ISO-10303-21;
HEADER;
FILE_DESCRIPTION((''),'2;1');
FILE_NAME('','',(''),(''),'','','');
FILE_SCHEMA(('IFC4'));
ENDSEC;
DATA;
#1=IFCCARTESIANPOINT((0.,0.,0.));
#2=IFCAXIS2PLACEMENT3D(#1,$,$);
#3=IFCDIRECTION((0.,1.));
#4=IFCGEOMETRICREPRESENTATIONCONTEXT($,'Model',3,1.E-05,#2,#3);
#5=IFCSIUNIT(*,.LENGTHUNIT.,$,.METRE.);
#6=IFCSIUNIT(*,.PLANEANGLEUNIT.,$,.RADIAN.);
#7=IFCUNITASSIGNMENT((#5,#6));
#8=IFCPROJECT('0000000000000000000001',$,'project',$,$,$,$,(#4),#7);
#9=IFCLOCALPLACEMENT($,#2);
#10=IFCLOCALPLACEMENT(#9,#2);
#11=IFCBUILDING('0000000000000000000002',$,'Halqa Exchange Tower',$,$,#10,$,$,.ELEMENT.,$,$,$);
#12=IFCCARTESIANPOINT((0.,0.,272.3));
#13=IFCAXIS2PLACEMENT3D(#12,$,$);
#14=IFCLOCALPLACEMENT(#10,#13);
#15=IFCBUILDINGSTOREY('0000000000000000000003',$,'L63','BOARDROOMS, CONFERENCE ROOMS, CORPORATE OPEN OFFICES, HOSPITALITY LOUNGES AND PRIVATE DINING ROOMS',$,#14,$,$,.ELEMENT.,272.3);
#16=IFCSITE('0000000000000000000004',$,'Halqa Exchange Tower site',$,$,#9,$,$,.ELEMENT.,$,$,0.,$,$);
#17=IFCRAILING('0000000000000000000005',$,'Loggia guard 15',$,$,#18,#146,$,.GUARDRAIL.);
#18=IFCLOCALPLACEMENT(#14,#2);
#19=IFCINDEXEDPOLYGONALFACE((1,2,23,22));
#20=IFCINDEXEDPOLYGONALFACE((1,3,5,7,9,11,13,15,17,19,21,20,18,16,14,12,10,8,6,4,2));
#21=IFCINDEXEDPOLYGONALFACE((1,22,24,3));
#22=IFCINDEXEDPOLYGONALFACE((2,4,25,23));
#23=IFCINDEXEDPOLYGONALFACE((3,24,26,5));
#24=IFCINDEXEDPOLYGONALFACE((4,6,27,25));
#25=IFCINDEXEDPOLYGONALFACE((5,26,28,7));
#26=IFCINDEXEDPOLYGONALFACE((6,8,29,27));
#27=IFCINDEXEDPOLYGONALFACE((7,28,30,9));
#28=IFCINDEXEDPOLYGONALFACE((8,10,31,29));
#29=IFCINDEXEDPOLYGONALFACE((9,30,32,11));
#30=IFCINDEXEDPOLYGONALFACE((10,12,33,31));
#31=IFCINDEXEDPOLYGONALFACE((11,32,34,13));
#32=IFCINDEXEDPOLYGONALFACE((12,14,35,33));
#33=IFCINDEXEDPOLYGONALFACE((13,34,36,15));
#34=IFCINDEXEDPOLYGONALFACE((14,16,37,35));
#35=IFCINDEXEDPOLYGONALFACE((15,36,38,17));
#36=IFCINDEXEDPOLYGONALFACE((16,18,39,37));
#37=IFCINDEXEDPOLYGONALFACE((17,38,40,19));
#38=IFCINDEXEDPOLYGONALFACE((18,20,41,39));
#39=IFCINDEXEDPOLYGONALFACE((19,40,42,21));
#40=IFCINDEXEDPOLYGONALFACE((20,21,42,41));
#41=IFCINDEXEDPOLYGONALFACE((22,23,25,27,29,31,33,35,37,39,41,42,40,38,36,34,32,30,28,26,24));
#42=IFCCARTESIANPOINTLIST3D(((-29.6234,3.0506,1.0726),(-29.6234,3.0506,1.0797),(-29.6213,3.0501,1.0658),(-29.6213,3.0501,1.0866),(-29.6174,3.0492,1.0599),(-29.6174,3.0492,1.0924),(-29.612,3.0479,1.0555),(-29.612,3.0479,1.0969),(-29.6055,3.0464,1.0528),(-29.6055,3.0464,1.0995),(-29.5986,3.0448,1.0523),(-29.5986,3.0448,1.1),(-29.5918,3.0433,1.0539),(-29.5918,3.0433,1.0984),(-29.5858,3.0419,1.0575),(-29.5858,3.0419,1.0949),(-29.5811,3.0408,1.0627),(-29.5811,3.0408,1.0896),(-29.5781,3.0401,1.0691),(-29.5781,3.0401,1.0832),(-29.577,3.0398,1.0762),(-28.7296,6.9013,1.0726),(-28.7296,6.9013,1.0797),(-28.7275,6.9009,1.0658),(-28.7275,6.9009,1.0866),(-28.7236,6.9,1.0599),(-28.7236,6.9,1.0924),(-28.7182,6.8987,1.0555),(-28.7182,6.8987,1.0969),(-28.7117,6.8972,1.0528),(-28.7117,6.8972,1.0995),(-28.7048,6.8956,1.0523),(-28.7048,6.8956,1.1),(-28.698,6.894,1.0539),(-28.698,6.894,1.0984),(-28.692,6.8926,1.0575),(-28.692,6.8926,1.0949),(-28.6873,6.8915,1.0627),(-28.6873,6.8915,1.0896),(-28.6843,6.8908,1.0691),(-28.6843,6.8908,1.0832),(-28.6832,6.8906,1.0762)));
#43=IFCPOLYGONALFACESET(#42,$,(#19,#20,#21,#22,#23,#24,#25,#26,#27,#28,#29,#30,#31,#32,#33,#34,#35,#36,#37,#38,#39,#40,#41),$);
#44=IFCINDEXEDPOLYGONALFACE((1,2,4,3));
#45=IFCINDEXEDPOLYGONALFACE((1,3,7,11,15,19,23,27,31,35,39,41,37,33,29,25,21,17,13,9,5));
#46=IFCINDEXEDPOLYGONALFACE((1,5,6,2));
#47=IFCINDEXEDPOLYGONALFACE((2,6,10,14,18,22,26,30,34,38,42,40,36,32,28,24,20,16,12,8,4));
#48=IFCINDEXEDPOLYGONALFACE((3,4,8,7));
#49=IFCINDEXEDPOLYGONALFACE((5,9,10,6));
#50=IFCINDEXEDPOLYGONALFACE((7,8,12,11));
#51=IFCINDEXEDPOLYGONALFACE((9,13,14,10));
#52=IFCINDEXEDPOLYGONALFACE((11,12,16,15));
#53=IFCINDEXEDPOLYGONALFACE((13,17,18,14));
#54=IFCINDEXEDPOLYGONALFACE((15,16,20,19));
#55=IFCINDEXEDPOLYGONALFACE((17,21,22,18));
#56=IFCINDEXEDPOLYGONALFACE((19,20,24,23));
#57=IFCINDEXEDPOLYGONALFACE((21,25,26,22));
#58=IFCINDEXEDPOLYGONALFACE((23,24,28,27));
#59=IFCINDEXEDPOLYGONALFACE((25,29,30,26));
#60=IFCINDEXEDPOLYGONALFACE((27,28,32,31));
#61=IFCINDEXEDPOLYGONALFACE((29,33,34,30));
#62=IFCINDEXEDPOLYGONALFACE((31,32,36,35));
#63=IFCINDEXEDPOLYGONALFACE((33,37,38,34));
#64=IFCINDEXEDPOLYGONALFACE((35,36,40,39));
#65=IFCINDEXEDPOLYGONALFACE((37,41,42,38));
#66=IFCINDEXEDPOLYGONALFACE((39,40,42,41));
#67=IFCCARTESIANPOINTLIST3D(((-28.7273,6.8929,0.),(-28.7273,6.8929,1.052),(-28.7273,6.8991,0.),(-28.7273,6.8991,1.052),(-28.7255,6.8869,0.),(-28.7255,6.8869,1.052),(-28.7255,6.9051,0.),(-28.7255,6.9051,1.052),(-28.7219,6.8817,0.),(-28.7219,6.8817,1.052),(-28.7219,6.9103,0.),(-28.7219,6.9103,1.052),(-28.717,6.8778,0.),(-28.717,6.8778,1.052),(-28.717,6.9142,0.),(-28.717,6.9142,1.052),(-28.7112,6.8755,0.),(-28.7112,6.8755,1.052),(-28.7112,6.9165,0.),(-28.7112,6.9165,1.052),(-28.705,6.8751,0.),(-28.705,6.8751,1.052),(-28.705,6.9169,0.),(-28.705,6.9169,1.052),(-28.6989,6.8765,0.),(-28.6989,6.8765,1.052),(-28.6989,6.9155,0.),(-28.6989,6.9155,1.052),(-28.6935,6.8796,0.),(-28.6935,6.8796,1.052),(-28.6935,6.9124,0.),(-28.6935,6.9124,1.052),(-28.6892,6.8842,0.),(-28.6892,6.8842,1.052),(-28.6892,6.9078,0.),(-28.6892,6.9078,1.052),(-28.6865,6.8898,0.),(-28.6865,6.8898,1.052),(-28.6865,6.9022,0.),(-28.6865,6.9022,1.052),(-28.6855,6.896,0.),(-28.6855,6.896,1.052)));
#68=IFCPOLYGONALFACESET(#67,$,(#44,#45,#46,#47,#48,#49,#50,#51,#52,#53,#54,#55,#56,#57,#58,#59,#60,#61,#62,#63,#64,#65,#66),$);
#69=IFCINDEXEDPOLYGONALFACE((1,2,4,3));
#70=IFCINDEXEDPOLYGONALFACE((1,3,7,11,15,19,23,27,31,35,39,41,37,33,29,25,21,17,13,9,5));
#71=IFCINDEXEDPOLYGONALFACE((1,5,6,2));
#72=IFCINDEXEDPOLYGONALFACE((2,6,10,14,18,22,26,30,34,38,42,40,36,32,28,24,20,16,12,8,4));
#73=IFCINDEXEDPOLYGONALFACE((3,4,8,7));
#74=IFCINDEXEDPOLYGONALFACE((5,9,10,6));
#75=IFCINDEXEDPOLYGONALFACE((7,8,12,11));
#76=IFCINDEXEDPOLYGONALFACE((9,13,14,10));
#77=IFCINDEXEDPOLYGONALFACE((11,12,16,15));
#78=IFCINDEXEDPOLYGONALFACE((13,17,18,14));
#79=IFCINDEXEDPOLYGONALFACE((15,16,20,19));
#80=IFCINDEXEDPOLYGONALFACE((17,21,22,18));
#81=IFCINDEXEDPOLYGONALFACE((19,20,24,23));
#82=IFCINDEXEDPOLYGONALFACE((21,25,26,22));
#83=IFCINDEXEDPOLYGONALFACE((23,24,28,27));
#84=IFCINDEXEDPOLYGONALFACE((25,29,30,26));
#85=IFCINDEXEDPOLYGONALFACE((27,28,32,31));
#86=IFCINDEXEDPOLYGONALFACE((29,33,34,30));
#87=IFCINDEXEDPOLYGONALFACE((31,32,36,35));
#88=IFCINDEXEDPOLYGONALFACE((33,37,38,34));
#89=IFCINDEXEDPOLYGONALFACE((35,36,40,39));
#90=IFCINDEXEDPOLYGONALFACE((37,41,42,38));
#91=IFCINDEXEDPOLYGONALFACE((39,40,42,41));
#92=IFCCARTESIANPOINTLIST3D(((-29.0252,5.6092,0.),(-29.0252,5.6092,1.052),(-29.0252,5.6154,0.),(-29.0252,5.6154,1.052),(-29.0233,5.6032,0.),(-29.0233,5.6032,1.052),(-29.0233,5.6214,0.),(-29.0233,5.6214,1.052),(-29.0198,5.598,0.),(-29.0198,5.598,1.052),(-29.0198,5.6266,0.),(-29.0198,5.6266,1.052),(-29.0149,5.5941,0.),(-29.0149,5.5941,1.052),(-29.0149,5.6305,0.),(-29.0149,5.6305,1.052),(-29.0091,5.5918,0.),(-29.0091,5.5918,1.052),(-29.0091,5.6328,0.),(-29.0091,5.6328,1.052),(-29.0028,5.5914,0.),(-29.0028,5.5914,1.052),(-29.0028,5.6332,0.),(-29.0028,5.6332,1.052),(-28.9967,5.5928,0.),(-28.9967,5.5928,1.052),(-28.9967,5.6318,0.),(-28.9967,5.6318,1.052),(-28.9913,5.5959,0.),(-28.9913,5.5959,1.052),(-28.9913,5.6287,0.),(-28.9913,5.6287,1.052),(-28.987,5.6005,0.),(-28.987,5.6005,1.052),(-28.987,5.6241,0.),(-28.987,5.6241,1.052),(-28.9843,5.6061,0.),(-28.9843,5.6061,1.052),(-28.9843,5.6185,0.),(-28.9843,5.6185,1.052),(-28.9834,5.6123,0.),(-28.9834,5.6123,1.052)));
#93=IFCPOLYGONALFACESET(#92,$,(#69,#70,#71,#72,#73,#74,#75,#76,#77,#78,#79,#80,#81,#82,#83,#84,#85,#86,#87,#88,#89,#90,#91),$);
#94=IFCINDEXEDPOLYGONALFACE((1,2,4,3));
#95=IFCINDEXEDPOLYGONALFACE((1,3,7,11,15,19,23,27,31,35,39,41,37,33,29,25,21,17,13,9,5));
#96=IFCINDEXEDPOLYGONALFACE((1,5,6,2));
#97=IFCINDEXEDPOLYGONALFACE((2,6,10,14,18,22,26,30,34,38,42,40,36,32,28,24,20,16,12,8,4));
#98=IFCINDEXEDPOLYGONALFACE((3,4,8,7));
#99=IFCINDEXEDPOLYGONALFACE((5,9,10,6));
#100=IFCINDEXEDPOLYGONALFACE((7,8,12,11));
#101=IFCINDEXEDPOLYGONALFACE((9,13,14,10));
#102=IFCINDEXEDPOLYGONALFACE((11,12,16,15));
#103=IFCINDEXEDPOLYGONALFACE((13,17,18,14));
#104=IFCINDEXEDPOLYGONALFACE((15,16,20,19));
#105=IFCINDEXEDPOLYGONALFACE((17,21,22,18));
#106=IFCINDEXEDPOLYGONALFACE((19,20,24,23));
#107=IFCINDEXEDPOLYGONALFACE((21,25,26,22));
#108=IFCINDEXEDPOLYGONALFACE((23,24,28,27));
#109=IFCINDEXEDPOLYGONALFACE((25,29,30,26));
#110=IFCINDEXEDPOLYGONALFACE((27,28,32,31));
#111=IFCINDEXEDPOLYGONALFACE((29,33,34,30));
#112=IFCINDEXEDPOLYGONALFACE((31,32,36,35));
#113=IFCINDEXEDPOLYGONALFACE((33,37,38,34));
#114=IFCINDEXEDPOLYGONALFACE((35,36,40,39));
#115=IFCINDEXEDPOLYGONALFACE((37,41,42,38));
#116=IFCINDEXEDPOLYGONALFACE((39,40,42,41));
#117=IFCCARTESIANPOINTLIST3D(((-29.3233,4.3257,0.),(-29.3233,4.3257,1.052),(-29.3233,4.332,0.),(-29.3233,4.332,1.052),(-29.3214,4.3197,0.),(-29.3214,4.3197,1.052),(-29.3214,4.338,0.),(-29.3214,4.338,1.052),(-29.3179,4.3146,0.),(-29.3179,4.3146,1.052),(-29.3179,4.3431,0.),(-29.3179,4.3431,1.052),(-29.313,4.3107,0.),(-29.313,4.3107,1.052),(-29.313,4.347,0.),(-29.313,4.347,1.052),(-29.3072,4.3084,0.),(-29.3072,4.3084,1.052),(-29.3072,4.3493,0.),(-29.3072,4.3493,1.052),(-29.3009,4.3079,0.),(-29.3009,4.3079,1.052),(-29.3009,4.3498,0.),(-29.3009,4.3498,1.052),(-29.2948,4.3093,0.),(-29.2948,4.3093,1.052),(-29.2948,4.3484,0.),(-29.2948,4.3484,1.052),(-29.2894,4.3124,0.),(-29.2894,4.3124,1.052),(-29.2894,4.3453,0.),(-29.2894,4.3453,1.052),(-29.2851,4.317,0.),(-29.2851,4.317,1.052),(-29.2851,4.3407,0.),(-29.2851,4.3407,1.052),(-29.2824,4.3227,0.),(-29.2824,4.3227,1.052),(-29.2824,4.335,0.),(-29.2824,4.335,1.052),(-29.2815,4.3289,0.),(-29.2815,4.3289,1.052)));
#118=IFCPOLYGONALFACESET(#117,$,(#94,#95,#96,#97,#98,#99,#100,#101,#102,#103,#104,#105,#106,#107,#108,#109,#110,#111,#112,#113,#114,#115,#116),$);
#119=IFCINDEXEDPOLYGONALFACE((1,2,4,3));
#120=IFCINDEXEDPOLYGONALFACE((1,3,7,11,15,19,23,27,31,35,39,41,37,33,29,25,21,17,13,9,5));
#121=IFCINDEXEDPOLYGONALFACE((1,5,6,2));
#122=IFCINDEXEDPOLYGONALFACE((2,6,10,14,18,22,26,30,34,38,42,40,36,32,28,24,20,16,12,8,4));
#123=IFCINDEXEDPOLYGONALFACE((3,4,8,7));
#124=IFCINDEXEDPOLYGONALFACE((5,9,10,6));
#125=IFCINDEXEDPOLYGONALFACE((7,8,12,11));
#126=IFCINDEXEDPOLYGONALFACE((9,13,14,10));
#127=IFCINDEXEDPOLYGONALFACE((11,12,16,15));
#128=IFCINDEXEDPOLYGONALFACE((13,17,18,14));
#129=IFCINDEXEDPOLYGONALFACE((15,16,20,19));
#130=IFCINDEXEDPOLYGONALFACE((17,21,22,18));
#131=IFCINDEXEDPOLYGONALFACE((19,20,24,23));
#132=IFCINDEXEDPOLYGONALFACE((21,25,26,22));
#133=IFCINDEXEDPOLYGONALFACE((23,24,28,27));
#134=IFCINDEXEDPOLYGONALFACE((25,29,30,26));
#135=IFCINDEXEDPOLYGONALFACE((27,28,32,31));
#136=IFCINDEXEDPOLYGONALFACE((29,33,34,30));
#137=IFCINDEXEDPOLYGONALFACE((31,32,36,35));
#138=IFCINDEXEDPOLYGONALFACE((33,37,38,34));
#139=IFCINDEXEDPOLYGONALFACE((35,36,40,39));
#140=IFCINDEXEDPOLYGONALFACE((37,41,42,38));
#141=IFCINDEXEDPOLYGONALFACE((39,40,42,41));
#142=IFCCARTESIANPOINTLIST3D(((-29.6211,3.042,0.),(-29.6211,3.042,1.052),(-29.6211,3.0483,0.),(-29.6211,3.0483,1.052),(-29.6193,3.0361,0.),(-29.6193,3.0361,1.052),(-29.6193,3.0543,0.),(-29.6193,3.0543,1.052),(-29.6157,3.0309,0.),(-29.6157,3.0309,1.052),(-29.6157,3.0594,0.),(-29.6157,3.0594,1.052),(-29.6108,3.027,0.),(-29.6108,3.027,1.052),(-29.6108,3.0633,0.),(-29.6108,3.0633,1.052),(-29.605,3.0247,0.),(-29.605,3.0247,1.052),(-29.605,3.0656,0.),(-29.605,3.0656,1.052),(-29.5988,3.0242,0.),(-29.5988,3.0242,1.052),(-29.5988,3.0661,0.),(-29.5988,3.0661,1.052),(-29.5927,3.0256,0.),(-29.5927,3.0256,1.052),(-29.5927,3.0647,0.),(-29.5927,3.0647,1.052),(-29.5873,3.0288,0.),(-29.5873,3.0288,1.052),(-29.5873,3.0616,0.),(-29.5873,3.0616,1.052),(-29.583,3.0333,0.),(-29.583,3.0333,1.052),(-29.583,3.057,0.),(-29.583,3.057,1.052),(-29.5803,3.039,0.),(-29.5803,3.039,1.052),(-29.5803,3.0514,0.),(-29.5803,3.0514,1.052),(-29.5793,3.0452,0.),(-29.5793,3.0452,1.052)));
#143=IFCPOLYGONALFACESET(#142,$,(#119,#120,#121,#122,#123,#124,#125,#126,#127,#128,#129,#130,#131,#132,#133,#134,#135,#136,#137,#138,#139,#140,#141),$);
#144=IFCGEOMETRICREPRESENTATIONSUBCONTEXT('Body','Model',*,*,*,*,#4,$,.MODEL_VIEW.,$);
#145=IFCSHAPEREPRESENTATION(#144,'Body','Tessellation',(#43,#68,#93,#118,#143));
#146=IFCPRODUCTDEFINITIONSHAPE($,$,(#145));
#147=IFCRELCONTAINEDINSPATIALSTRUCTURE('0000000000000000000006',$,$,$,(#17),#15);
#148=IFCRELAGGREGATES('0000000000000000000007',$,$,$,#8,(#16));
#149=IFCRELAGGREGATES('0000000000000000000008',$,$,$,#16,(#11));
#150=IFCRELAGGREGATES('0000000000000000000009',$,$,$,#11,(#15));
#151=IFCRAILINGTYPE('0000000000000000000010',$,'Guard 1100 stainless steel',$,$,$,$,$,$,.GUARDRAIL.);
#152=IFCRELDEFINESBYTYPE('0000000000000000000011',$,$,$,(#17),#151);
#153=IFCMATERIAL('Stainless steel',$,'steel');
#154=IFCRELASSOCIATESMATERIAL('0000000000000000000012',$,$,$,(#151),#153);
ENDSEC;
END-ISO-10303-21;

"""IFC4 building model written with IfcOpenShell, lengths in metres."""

from ifc_helpers import new_model, si_unit, direction, frame, origin, origin_2d, place, context, subcontext, project, spatial, circle, extrude, material, type_object, element, save


model = new_model("IFC4")

# Units and contexts
model_context = context("Model", 3, precision=1e-05, world=origin(), true_north=direction((0.0, 1.0)))
body_context = subcontext(model_context, "Body", "Model", "MODEL_VIEW")
ifc_project = project(units=[si_unit("LENGTHUNIT", "METRE"), si_unit("PLANEANGLEUNIT", "RADIAN")], contexts=[model_context])

# Site, building, storey
site_placement = place(None, origin())
site = spatial("IfcSite", under=ifc_project, at=site_placement, Name="Halqa Exchange Tower site", CompositionType="ELEMENT", RefElevation=0.0)
building_placement = place(site_placement, origin())
building = spatial("IfcBuilding", under=site, at=building_placement, Name="Halqa Exchange Tower", CompositionType="ELEMENT")
storey_placement = place(building_placement, frame((0.0, 0.0, 272.3)))
storey = spatial("IfcBuildingStorey", under=building, at=storey_placement, Name="L63", Description="BOARDROOMS, CONFERENCE ROOMS, CORPORATE OPEN OFFICES, HOSPITALITY LOUNGES AND PRIVATE DINING ROOMS", CompositionType="ELEMENT", Elevation=272.3)

# Railing
ifc_material_1 = material(Name="Stainless steel", Category="steel")
railing_type = type_object("IfcRailingType", Name="Guard 1100 stainless steel", PredefinedType="GUARDRAIL", material=ifc_material_1)
railing_1_placement = place(storey_placement, frame((-28.7065, 6.896, 0.0)))
element("IfcRailing", 1, at=railing_1_placement, inside=storey, type_object=railing_type, Name="Loggia guard 15", PredefinedType="GUARDRAIL", context=body_context, shape_type="SweptSolid", body=[
    extrude(circle(Radius=0.0239, at=origin_2d()), frame((0.0, 0.0, 1.0762), z_axis=(-0.226095, -0.974105, 0.0), x_axis=(0.974105, -0.226095, 0.0)), (0.0, 0.0, 1.0), 3.9531),
    extrude(circle(Radius=0.021, at=origin_2d()), origin(), (0.0, 0.0, 1.0), 1.052),
    extrude(circle(Radius=0.021, at=origin_2d()), frame((-0.2979, -1.2837, 0.0)), (0.0, 0.0, 1.0), 1.052),
    extrude(circle(Radius=0.021, at=origin_2d()), frame((-0.5959, -2.5671, 0.0)), (0.0, 0.0, 1.0), 1.052),
    extrude(circle(Radius=0.021, at=origin_2d()), frame((-0.8938, -3.8508, 0.0)), (0.0, 0.0, 1.0), 1.052),
])

save(model, "model.ifc")
